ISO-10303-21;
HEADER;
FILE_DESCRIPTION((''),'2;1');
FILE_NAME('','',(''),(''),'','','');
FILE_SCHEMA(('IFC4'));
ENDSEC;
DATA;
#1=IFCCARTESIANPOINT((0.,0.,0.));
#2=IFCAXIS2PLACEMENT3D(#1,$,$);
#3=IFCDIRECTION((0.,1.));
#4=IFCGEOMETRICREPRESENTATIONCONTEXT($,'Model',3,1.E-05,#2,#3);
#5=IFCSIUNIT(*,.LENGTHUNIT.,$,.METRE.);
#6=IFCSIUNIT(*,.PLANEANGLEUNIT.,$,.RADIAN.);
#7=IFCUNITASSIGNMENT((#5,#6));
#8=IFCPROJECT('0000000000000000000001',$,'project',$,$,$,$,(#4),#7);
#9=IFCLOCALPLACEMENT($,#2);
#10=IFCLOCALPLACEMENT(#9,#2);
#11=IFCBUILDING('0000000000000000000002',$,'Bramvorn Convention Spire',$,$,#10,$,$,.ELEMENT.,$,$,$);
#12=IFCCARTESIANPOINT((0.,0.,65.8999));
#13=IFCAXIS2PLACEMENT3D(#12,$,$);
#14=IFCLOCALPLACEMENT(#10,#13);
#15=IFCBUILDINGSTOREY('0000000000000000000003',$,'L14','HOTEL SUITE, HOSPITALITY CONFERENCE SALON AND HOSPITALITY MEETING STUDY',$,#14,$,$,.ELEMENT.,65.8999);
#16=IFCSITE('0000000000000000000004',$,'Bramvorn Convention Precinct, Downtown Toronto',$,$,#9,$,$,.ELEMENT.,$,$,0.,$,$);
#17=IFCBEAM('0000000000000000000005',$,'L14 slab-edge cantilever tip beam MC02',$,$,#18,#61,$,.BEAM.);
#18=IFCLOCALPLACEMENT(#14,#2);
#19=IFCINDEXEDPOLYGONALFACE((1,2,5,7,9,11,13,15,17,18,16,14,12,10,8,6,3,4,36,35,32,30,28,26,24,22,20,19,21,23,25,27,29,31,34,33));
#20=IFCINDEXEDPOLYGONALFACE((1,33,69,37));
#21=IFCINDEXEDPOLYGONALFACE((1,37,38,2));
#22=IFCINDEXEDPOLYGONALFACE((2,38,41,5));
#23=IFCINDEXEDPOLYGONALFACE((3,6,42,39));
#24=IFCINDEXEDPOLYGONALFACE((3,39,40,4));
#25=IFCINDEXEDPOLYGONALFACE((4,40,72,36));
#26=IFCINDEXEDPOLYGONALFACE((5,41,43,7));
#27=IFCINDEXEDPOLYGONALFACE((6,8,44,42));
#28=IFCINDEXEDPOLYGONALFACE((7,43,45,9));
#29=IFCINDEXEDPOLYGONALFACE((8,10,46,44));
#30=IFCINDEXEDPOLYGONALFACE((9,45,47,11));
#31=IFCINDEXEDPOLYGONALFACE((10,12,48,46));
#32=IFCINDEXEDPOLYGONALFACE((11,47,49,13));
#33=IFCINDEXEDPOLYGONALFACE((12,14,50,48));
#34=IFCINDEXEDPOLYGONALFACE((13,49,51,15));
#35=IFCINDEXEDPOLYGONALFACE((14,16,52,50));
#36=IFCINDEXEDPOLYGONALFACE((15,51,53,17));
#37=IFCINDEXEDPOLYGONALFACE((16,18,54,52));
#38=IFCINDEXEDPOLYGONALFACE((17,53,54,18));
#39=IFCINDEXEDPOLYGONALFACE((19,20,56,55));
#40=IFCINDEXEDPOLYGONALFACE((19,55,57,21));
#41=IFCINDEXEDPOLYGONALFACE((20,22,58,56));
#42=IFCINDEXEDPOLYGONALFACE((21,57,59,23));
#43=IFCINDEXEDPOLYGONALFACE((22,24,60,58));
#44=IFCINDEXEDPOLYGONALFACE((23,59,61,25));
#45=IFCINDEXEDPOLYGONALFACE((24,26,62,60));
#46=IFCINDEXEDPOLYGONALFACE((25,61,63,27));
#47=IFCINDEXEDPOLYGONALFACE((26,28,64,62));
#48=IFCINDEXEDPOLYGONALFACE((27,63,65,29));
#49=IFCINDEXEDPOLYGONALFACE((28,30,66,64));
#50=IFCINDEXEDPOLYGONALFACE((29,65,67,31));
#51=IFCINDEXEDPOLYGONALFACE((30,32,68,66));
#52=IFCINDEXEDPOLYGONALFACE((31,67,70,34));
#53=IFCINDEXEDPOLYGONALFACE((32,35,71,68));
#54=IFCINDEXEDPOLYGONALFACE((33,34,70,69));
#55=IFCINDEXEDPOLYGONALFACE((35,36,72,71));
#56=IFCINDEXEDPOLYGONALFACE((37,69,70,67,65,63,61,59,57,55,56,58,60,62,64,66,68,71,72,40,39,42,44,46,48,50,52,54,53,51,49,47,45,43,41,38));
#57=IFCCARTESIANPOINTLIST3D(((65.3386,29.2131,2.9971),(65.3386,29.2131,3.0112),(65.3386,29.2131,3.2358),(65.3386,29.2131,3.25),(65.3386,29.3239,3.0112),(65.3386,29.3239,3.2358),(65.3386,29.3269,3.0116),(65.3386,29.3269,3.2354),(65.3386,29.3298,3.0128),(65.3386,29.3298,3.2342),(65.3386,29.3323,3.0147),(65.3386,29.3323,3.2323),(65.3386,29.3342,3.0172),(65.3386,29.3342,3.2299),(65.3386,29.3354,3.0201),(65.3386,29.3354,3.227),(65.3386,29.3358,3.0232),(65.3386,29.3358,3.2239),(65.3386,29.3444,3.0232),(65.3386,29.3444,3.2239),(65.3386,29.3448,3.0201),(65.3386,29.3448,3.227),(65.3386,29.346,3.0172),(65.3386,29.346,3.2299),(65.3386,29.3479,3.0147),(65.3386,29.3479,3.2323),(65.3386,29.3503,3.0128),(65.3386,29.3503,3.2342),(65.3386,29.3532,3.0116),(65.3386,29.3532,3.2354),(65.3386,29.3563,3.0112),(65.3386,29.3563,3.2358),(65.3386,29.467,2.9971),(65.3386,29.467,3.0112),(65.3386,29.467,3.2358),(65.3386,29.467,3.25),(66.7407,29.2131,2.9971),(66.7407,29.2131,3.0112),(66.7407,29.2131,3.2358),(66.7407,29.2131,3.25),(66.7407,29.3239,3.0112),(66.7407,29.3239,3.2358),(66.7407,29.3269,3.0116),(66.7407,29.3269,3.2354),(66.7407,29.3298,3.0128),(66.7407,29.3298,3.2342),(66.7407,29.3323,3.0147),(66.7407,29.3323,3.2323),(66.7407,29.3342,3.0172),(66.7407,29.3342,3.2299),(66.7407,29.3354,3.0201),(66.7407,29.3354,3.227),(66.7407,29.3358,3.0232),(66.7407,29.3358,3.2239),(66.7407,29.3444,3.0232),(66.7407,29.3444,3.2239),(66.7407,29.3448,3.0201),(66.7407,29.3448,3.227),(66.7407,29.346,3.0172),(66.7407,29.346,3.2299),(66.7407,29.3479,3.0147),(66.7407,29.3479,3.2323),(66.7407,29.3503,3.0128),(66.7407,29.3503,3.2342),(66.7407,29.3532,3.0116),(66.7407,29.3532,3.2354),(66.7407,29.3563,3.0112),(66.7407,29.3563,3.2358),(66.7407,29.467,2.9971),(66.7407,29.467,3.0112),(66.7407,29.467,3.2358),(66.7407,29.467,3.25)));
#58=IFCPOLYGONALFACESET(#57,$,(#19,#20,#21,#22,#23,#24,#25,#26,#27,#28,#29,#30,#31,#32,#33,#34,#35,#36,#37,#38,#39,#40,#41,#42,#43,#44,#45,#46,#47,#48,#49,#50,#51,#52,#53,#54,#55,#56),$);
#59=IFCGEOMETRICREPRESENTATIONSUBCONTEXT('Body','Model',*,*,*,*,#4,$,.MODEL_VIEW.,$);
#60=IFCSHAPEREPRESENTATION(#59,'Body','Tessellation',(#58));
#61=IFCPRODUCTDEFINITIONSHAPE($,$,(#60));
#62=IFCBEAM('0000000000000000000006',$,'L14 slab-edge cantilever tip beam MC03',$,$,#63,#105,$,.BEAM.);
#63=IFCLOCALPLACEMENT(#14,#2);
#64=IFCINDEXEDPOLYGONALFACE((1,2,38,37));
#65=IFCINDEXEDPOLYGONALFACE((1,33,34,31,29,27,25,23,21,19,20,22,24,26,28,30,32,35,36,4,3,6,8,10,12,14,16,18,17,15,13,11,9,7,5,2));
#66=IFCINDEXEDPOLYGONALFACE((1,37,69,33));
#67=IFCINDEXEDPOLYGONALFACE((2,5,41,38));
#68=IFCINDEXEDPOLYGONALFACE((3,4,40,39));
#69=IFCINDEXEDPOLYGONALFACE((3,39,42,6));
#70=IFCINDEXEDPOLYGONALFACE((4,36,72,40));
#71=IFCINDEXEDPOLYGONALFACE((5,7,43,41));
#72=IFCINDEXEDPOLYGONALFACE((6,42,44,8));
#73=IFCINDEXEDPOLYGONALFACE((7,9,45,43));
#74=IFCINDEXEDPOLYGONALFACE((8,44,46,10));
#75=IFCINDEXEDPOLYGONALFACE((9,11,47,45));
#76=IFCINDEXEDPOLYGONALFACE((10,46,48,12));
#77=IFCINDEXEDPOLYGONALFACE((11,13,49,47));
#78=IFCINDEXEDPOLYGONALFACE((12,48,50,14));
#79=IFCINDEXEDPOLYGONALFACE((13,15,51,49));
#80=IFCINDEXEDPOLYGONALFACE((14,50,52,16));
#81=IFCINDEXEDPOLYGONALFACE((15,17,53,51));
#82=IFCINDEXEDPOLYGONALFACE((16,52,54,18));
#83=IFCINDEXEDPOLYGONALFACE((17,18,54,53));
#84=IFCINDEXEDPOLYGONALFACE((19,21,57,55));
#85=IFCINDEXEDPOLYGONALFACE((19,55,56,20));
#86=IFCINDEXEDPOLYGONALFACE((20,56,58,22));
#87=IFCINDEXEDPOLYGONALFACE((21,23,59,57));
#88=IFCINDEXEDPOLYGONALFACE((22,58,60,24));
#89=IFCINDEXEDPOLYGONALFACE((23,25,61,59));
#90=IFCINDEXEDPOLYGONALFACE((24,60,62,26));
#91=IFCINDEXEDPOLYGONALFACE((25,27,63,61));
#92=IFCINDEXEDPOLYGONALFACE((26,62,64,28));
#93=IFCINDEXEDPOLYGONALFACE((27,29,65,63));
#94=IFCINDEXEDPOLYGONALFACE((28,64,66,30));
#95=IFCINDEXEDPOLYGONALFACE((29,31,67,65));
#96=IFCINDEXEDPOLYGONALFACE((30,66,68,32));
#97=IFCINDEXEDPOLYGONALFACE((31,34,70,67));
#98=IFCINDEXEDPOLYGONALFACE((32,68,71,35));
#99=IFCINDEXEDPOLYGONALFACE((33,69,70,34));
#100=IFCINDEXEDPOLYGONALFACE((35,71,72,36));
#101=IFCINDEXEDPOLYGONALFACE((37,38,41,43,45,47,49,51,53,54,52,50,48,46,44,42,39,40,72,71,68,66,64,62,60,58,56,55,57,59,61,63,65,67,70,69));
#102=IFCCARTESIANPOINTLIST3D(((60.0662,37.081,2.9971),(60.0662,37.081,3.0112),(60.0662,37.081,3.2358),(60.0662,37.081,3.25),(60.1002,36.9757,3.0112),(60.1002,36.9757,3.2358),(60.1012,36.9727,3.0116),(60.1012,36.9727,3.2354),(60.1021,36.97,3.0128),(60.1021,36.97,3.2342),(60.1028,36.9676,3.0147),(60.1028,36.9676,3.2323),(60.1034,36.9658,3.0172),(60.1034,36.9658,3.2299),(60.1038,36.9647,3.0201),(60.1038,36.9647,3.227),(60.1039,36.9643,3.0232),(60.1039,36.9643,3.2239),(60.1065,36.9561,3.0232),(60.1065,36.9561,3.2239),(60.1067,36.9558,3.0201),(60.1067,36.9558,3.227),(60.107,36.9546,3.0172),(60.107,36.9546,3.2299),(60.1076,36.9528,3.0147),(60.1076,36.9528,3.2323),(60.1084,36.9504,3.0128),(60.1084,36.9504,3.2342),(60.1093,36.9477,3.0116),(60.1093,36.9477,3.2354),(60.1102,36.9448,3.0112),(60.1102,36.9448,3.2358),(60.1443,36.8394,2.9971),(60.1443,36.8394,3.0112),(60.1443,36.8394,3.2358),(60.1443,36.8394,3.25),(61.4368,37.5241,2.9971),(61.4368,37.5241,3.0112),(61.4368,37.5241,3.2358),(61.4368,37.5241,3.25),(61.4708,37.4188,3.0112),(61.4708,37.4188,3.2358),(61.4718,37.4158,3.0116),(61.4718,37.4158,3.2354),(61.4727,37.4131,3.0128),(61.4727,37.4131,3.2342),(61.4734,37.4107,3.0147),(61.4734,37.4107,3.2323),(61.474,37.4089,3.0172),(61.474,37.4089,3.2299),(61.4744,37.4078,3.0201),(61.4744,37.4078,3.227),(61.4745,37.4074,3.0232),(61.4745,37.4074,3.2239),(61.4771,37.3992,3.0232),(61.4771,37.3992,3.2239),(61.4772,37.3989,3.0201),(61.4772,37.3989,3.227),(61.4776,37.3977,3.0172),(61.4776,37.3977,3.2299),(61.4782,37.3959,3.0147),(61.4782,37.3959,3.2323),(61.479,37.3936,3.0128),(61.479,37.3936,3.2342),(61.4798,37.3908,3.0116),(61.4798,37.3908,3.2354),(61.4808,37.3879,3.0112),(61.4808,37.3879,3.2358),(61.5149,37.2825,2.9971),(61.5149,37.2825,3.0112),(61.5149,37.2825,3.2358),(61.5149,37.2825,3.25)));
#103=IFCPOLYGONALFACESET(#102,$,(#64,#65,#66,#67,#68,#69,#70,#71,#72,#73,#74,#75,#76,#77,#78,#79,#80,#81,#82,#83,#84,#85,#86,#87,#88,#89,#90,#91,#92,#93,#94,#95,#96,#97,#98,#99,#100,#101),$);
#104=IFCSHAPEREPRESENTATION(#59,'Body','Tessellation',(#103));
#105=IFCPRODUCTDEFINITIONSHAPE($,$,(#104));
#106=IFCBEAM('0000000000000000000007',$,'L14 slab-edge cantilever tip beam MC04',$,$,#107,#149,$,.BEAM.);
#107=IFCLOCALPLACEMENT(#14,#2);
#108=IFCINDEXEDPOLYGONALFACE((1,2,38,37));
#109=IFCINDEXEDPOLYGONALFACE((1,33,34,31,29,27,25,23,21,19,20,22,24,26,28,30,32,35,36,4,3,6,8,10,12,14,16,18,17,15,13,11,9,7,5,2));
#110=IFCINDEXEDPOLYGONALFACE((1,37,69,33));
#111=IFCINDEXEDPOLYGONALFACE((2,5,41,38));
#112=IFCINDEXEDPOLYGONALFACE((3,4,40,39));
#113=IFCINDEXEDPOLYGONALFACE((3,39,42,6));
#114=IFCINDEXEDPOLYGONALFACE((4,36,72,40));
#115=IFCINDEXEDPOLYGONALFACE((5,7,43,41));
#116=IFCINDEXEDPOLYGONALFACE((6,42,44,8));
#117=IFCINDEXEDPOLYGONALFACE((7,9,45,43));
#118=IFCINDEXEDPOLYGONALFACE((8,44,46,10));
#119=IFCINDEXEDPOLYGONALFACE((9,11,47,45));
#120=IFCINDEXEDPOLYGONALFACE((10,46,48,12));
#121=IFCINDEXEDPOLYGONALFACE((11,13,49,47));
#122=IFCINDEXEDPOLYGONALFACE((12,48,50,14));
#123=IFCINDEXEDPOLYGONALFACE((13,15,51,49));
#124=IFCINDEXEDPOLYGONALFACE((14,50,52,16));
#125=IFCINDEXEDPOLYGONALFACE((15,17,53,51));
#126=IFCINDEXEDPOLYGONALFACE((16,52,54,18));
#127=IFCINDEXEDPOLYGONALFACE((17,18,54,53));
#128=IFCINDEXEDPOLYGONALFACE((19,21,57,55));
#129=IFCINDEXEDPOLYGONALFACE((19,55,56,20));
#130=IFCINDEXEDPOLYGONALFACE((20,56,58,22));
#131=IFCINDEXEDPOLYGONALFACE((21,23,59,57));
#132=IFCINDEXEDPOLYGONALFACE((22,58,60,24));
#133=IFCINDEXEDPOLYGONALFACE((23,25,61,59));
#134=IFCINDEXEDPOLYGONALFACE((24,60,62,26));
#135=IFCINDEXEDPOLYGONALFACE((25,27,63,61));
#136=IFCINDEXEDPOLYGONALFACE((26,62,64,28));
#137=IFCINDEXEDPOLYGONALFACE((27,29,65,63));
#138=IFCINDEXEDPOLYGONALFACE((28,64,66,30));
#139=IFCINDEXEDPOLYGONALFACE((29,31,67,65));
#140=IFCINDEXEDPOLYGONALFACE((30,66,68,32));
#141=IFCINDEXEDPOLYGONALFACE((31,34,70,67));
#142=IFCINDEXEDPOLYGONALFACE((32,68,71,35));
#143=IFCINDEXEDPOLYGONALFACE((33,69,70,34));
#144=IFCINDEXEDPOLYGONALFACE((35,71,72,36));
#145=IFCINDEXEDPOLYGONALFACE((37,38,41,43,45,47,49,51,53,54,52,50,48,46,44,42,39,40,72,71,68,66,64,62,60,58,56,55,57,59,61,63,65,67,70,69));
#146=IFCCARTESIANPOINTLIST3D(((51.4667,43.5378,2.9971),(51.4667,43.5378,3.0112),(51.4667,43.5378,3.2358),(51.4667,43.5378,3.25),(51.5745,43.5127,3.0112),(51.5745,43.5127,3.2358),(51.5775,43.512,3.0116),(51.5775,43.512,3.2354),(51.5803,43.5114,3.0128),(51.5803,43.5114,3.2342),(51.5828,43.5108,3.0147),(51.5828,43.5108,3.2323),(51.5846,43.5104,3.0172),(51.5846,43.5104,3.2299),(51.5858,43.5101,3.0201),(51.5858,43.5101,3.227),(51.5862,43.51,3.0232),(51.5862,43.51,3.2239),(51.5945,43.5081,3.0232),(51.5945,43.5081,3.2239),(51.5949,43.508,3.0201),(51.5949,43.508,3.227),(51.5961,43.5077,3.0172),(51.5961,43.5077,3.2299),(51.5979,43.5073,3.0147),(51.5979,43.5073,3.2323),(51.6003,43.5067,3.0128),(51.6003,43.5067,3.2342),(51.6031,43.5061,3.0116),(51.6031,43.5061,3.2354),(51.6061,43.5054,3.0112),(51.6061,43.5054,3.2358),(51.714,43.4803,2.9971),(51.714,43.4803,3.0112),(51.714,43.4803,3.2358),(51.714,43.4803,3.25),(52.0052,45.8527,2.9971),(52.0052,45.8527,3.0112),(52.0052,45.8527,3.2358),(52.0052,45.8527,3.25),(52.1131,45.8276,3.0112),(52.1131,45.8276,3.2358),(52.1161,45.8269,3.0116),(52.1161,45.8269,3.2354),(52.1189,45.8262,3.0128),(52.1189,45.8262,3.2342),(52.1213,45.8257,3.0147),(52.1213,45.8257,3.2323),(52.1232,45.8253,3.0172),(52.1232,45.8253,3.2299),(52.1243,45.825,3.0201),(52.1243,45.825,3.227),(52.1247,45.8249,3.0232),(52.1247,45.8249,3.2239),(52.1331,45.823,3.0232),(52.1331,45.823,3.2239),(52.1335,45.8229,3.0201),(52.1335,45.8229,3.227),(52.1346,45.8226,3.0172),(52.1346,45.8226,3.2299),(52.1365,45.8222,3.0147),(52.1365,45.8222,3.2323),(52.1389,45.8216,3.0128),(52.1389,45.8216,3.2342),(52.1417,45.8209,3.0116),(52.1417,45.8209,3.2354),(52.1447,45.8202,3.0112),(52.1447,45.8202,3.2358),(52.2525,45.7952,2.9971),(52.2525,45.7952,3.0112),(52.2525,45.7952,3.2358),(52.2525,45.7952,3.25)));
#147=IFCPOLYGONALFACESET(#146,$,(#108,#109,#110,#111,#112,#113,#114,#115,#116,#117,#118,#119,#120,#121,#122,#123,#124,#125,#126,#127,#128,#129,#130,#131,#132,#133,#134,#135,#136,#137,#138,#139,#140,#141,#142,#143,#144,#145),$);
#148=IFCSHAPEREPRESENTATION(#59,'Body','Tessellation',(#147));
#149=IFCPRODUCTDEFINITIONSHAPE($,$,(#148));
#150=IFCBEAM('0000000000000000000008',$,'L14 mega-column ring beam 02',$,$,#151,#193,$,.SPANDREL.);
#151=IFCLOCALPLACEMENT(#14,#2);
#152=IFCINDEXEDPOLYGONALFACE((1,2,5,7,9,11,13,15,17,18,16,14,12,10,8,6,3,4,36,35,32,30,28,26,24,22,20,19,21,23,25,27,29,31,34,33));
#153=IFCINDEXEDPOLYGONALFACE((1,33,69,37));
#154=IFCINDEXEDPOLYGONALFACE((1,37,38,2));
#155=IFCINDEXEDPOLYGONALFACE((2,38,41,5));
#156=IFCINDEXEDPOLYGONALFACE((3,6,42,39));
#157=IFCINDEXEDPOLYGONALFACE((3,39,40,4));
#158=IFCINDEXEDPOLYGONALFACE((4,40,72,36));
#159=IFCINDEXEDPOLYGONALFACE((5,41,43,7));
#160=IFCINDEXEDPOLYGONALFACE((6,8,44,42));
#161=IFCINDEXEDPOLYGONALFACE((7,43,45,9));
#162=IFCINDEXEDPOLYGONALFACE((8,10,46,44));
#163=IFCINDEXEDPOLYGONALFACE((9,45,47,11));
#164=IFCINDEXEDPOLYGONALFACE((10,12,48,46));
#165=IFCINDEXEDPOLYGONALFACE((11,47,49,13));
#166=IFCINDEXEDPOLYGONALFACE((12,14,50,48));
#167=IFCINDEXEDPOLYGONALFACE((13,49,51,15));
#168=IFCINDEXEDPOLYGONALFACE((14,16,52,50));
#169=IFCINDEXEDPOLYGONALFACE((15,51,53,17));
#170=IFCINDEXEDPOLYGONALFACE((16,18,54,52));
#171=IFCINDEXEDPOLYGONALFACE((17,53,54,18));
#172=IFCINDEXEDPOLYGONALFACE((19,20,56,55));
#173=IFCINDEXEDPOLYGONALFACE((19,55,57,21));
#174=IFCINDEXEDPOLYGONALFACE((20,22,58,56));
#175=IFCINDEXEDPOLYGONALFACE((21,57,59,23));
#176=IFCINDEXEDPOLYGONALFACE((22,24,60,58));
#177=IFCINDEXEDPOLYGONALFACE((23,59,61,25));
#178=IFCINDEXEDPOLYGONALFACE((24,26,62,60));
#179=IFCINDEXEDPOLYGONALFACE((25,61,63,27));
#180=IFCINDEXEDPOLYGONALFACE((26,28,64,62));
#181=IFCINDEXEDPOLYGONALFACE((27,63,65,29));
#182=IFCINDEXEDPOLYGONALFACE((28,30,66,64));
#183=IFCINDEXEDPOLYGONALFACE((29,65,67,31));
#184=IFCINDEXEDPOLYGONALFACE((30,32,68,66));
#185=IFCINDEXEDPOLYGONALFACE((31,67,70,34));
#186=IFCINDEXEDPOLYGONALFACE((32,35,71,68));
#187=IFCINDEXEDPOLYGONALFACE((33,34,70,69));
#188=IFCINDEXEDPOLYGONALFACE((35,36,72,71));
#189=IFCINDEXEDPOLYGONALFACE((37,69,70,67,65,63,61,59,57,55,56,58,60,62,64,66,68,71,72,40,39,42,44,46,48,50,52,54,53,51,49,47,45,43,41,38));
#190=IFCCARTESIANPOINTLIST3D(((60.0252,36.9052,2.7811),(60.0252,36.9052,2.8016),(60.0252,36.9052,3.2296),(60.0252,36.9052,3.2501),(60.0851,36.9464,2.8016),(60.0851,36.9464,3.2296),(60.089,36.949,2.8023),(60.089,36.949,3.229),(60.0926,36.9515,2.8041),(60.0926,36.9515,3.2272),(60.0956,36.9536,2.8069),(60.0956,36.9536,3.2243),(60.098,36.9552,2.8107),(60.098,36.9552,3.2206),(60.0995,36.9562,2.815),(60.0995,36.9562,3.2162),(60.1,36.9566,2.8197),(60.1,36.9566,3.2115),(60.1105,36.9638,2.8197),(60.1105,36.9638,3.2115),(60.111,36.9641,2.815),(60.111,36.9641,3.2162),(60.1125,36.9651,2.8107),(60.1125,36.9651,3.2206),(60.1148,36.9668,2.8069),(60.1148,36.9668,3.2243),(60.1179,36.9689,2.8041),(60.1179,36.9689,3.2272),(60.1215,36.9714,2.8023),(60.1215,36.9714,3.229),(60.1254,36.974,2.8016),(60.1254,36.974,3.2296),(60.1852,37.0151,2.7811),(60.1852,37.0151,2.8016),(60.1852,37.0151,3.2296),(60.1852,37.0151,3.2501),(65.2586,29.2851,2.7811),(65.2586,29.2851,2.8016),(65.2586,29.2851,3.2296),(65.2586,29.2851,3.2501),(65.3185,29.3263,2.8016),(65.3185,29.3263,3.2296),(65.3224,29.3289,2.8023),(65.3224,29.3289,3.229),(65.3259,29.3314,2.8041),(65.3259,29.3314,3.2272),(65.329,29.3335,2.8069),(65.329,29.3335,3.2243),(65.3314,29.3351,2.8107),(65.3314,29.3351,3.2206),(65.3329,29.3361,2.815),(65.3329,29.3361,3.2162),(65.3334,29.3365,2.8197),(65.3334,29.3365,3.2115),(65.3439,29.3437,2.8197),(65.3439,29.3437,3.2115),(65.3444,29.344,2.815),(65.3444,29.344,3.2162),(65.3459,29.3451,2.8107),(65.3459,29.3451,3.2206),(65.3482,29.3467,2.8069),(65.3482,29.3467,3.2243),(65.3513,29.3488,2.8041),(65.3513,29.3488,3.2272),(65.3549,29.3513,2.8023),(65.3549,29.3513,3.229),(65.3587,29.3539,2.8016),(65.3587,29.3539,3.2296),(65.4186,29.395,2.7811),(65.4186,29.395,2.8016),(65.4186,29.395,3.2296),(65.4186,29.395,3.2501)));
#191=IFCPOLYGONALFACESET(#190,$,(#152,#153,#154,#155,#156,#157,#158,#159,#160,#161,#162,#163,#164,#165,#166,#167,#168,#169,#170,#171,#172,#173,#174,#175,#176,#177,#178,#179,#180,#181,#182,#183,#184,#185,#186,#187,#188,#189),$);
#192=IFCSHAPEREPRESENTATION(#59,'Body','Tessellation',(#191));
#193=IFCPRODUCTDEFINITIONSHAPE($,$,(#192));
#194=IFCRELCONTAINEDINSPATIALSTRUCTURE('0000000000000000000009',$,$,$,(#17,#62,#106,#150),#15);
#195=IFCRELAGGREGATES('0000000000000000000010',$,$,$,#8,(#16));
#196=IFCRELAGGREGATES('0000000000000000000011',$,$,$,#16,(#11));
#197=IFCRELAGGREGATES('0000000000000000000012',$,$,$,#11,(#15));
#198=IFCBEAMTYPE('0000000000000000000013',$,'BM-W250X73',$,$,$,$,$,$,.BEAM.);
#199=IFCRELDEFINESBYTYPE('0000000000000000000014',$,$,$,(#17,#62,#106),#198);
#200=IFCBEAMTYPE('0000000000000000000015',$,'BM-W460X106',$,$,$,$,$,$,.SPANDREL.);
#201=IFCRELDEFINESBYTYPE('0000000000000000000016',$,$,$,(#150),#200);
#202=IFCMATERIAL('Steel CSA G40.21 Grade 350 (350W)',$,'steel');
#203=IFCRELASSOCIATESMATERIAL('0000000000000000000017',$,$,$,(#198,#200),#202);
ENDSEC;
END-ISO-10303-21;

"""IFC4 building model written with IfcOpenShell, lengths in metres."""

from ifc_helpers import new_model, si_unit, direction, frame, origin, origin_2d, place, context, subcontext, project, spatial, i_section, extrude, material, material_profile, profile_set, type_object, element, save


model = new_model("IFC4")

# Units and contexts
model_context = context("Model", 3, precision=1e-05, world=origin(), true_north=direction((0.0, 1.0)))
body_context = subcontext(model_context, "Body", "Model", "MODEL_VIEW")
ifc_project = project(units=[si_unit("LENGTHUNIT", "METRE"), si_unit("PLANEANGLEUNIT", "RADIAN")], contexts=[model_context])

# Site, building, storey
site_placement = place(None, origin())
site = spatial("IfcSite", under=ifc_project, at=site_placement, Name="Bramvorn Convention Precinct, Downtown Toronto", CompositionType="ELEMENT", RefElevation=0.0)
building_placement = place(site_placement, origin())
building = spatial("IfcBuilding", under=site, at=building_placement, Name="Bramvorn Convention Spire", CompositionType="ELEMENT")
storey_placement = place(building_placement, frame((0.0, 0.0, 65.8999)))
storey = spatial("IfcBuildingStorey", under=building, at=storey_placement, Name="L14", Description="HOTEL SUITE, HOSPITALITY CONFERENCE SALON AND HOSPITALITY MEETING STUDY", CompositionType="ELEMENT", Elevation=65.8999)

# Shared definitions
ifc_material_1 = material(Name="Steel CSA G40.21 Grade 350 (350W)", Category="steel")

# Beams
ifc_material_profile_1 = material_profile(ifc_material_1, i_section(OverallWidth=0.2539, OverallDepth=0.2529, WebThickness=0.0085, FlangeThickness=0.0142, FilletRadius=0.012, at=origin_2d()))
ifc_profile_set_1 = profile_set([ifc_material_profile_1], Name="Steel CSA G40.21 Grade 350 (350W) - W250X73")
beam_type_1 = type_object("IfcBeamType", Name="BM-W250X73", PredefinedType="BEAM", material=ifc_profile_set_1)
beam_1_placement = place(storey_placement, frame((65.3386, 29.3401, 3.1235), z_axis=(1.0, 0.0, 0.0), x_axis=(0.0, 1.0, 0.0)))
element("IfcBeam", 1, at=beam_1_placement, inside=storey, type_object=beam_type_1, Name="L14 slab-edge cantilever tip beam MC02", PredefinedType="BEAM", context=body_context, shape_type="SweptSolid", body=[
    extrude(i_section(OverallWidth=0.2539, OverallDepth=0.2529, WebThickness=0.0085, FlangeThickness=0.0142, FilletRadius=0.012, at=origin_2d()), origin(), (0.0, 0.0, 1.0), 1.4021),
])
beam_2_placement = place(storey_placement, frame((60.1052, 36.9602, 3.1235), z_axis=(0.951509, 0.307622, 0.0), x_axis=(-0.307622, 0.951509, 0.0)))
element("IfcBeam", 2, at=beam_2_placement, inside=storey, type_object=beam_type_1, Name="L14 slab-edge cantilever tip beam MC03", PredefinedType="BEAM", context=body_context, shape_type="SweptSolid", body=[
    extrude(i_section(OverallWidth=0.2539, OverallDepth=0.2529, WebThickness=0.0085, FlangeThickness=0.0142, FilletRadius=0.012, at=origin_2d()), origin(), (0.0, 0.0, 1.0), 1.4404),
])
beam_3_placement = place(storey_placement, frame((51.5903, 43.509, 3.1235), z_axis=(0.2266, 0.973988, 0.0), x_axis=(-0.973988, 0.2266, 0.0)))
element("IfcBeam", 3, at=beam_3_placement, inside=storey, type_object=beam_type_1, Name="L14 slab-edge cantilever tip beam MC04", PredefinedType="BEAM", context=body_context, shape_type="SweptSolid", body=[
    extrude(i_section(OverallWidth=0.2539, OverallDepth=0.2529, WebThickness=0.0085, FlangeThickness=0.0142, FilletRadius=0.012, at=origin_2d()), origin(), (0.0, 0.0, 1.0), 2.3767),
])
ifc_material_profile_2 = material_profile(ifc_material_1, i_section(OverallWidth=0.1941, OverallDepth=0.469, WebThickness=0.0127, FlangeThickness=0.0205, FilletRadius=0.0181, at=origin_2d()))
ifc_profile_set_2 = profile_set([ifc_material_profile_2], Name="Steel CSA G40.21 Grade 350 (350W) - W460X106")
beam_type_2 = type_object("IfcBeamType", Name="BM-W460X106", PredefinedType="SPANDREL", material=ifc_profile_set_2)
beam_4_placement = place(storey_placement, frame((65.3386, 29.3401, 3.0156), z_axis=(-0.56613, 0.824316, 0.0), x_axis=(-0.824316, -0.56613, 0.0)))
element("IfcBeam", 4, at=beam_4_placement, inside=storey, type_object=beam_type_2, Name="L14 mega-column ring beam 02", PredefinedType="SPANDREL", context=body_context, shape_type="SweptSolid", body=[
    extrude(i_section(OverallWidth=0.1941, OverallDepth=0.469, WebThickness=0.0127, FlangeThickness=0.0205, FilletRadius=0.0181, at=origin_2d()), origin(), (0.0, 0.0, 1.0), 9.2441),
])

save(model, "model.ifc")
